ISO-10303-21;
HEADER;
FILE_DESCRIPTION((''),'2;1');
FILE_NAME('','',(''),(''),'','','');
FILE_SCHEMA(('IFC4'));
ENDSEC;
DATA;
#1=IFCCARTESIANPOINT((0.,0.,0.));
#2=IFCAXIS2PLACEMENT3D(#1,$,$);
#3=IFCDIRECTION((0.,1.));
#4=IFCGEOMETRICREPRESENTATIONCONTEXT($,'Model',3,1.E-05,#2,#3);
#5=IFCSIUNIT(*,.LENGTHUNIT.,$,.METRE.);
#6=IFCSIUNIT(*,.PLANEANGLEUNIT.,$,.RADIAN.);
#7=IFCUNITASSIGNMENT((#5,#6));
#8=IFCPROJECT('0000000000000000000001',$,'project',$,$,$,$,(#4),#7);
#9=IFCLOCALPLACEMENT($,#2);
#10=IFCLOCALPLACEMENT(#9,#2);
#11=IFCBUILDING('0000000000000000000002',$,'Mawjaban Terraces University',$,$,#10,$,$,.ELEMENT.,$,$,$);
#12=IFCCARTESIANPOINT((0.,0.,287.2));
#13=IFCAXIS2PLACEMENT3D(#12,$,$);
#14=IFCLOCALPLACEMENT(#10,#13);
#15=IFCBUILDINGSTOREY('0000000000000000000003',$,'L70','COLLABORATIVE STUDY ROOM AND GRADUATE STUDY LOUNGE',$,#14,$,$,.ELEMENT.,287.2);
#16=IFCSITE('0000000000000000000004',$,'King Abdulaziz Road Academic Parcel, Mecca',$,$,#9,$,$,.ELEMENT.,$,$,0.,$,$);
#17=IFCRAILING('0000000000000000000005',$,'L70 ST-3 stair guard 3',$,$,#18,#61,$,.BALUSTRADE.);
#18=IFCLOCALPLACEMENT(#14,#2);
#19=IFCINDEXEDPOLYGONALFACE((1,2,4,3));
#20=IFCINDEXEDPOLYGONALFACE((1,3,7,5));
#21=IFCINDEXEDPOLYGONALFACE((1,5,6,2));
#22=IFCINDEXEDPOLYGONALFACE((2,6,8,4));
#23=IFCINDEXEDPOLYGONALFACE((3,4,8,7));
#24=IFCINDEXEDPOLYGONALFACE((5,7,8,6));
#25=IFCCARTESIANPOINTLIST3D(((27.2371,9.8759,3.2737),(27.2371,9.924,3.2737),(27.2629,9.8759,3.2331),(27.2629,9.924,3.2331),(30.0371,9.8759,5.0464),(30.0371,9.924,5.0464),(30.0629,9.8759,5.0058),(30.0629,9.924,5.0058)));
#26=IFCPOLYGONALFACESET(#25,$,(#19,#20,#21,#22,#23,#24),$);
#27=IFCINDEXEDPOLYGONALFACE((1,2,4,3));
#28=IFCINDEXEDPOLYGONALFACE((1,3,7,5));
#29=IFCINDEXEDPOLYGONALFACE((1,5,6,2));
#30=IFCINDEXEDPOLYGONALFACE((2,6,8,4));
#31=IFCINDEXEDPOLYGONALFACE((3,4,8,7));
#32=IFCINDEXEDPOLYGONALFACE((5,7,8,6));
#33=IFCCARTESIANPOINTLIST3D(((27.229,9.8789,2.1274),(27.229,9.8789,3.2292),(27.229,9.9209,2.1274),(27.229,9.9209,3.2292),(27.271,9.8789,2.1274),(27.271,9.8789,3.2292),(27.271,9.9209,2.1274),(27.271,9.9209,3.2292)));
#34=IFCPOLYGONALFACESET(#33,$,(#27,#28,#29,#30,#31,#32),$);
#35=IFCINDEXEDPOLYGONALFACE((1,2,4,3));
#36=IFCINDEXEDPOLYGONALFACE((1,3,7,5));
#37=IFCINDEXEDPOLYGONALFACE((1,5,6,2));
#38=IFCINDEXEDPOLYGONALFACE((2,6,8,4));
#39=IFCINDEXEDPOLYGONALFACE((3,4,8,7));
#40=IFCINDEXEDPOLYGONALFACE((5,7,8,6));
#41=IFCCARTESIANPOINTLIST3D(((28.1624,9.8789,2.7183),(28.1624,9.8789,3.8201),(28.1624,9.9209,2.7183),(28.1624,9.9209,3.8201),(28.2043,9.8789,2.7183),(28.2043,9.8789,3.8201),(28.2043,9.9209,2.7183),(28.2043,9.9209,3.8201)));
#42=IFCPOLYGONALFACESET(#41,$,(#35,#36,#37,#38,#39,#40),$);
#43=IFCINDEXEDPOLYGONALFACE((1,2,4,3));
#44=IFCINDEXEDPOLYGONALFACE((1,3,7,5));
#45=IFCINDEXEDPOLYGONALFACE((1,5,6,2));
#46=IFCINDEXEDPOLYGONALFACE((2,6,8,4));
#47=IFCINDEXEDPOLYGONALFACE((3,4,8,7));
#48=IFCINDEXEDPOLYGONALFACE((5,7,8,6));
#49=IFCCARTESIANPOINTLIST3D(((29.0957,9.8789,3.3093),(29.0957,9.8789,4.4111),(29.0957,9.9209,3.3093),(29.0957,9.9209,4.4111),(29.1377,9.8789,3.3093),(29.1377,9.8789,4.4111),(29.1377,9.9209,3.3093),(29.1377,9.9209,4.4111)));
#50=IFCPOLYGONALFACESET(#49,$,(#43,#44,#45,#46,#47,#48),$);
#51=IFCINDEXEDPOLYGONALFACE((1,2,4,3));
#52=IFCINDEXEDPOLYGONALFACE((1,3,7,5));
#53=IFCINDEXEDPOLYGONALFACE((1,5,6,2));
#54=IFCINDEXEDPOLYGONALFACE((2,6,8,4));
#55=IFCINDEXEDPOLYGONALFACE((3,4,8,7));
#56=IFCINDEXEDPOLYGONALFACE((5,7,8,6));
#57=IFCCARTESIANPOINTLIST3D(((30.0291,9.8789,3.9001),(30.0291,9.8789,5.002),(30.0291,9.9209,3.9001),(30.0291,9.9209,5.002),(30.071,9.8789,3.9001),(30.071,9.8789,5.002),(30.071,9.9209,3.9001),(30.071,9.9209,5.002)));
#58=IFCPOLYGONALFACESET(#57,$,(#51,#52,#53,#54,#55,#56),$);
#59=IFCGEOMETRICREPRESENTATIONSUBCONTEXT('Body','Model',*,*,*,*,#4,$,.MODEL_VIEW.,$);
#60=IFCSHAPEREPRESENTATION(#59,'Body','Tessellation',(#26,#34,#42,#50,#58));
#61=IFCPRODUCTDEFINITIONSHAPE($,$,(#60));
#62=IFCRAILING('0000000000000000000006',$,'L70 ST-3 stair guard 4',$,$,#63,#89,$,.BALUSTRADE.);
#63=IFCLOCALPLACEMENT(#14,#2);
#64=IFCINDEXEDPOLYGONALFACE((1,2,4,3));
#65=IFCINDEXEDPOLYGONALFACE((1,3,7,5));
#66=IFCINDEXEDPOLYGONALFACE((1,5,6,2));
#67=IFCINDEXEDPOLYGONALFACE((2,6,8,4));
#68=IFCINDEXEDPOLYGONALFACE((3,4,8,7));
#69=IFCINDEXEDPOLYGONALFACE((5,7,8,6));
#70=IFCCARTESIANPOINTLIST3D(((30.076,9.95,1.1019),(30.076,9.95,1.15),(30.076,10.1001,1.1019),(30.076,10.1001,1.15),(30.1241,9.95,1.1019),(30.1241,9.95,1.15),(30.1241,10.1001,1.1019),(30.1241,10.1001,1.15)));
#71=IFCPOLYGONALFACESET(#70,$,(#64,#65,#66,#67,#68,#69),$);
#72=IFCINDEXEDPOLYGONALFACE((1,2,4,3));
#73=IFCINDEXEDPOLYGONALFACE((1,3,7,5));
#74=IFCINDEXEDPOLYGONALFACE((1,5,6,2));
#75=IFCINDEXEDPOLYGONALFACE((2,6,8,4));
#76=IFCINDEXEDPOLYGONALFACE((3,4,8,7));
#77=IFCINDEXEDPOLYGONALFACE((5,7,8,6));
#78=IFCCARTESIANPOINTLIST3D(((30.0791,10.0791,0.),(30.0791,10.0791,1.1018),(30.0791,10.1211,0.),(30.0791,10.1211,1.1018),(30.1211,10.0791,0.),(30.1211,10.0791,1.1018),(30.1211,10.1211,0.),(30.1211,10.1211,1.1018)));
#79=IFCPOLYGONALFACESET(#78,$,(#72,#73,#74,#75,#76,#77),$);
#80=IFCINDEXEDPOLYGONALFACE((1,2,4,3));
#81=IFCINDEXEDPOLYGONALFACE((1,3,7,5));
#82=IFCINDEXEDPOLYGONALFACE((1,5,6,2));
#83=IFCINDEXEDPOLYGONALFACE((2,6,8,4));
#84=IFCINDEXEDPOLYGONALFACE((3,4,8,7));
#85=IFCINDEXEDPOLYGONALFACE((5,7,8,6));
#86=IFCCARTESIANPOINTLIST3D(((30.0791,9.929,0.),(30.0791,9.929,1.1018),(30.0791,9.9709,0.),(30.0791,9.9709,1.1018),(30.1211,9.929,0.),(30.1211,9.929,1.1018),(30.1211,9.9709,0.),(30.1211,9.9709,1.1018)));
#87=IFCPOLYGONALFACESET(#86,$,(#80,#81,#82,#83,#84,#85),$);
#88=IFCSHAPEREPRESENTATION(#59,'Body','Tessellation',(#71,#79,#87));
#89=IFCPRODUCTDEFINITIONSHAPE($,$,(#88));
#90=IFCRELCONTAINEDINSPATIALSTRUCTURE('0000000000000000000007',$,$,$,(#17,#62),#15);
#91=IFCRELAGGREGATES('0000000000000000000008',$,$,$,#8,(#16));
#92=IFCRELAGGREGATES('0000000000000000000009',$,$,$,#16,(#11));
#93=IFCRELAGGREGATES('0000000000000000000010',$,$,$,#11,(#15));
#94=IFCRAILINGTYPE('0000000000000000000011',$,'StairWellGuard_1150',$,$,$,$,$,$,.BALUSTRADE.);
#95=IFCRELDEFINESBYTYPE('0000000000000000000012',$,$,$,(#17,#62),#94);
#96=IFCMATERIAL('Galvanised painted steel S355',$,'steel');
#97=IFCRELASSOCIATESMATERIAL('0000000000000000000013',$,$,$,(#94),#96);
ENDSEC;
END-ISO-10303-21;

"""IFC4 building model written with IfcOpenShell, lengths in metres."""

from ifc_helpers import new_model, si_unit, direction, frame, origin, origin_2d, place, context, subcontext, project, spatial, rectangle, extrude, material, type_object, element, save


model = new_model("IFC4")

# Units and contexts
model_context = context("Model", 3, precision=1e-05, world=origin(), true_north=direction((0.0, 1.0)))
body_context = subcontext(model_context, "Body", "Model", "MODEL_VIEW")
ifc_project = project(units=[si_unit("LENGTHUNIT", "METRE"), si_unit("PLANEANGLEUNIT", "RADIAN")], contexts=[model_context])

# Site, building, storey
site_placement = place(None, origin())
site = spatial("IfcSite", under=ifc_project, at=site_placement, Name="King Abdulaziz Road Academic Parcel, Mecca", CompositionType="ELEMENT", RefElevation=0.0)
building_placement = place(site_placement, origin())
building = spatial("IfcBuilding", under=site, at=building_placement, Name="Mawjaban Terraces University", CompositionType="ELEMENT")
storey_placement = place(building_placement, frame((0.0, 0.0, 287.2)))
storey = spatial("IfcBuildingStorey", under=building, at=storey_placement, Name="L70", Description="COLLABORATIVE STUDY ROOM AND GRADUATE STUDY LOUNGE", CompositionType="ELEMENT", Elevation=287.2)

# Railings
ifc_material_1 = material(Name="Galvanised painted steel S355", Category="steel")
railing_type_1 = type_object("IfcRailingType", Name="StairWellGuard_1150", PredefinedType="BALUSTRADE", material=ifc_material_1)
railing_1_placement = place(storey_placement, frame((27.25, 9.8999, 2.1274)))
element("IfcRailing", 1, at=railing_1_placement, inside=storey, type_object=railing_type_1, Name="L70 ST-3 stair guard 3", PredefinedType="BALUSTRADE", context=body_context, shape_type="SweptSolid", body=[
    extrude(rectangle(XDim=0.0481, YDim=0.0481, at=origin_2d()), frame((0.0, 0.0, 1.126), z_axis=(0.844909, 0.0, 0.53491), x_axis=(0.0, 1.0, 0.0)), (0.0, 0.0, 1.0), 3.314),
    extrude(rectangle(XDim=0.042, YDim=0.042, at=origin_2d()), origin(), (0.0, 0.0, 1.0), 1.1018),
    extrude(rectangle(XDim=0.042, YDim=0.042, at=origin_2d()), frame((0.9333, 0.0, 0.5908)), (0.0, 0.0, 1.0), 1.1018),
    extrude(rectangle(XDim=0.042, YDim=0.042, at=origin_2d()), frame((1.8667, 0.0, 1.1819)), (0.0, 0.0, 1.0), 1.1018),
    extrude(rectangle(XDim=0.042, YDim=0.042, at=origin_2d()), frame((2.8, 0.0, 1.7727)), (0.0, 0.0, 1.0), 1.1018),
])
railing_2_placement = place(storey_placement, frame((30.1001, 10.1001, 0.0)))
element("IfcRailing", 2, at=railing_2_placement, inside=storey, type_object=railing_type_1, Name="L70 ST-3 stair guard 4", PredefinedType="BALUSTRADE", context=body_context, shape_type="SweptSolid", body=[
    extrude(rectangle(XDim=0.0481, YDim=0.0481, at=origin_2d()), frame((0.0, 0.0, 1.126), z_axis=(0.0, -1.0, 0.0), x_axis=(1.0, 0.0, 0.0)), (0.0, 0.0, 1.0), 0.1501),
    extrude(rectangle(XDim=0.042, YDim=0.042, at=origin_2d()), origin(), (0.0, 0.0, 1.0), 1.1018),
    extrude(rectangle(XDim=0.042, YDim=0.042, at=origin_2d()), frame((0.0, -0.1501, 0.0)), (0.0, 0.0, 1.0), 1.1018),
])

save(model, "model.ifc")
